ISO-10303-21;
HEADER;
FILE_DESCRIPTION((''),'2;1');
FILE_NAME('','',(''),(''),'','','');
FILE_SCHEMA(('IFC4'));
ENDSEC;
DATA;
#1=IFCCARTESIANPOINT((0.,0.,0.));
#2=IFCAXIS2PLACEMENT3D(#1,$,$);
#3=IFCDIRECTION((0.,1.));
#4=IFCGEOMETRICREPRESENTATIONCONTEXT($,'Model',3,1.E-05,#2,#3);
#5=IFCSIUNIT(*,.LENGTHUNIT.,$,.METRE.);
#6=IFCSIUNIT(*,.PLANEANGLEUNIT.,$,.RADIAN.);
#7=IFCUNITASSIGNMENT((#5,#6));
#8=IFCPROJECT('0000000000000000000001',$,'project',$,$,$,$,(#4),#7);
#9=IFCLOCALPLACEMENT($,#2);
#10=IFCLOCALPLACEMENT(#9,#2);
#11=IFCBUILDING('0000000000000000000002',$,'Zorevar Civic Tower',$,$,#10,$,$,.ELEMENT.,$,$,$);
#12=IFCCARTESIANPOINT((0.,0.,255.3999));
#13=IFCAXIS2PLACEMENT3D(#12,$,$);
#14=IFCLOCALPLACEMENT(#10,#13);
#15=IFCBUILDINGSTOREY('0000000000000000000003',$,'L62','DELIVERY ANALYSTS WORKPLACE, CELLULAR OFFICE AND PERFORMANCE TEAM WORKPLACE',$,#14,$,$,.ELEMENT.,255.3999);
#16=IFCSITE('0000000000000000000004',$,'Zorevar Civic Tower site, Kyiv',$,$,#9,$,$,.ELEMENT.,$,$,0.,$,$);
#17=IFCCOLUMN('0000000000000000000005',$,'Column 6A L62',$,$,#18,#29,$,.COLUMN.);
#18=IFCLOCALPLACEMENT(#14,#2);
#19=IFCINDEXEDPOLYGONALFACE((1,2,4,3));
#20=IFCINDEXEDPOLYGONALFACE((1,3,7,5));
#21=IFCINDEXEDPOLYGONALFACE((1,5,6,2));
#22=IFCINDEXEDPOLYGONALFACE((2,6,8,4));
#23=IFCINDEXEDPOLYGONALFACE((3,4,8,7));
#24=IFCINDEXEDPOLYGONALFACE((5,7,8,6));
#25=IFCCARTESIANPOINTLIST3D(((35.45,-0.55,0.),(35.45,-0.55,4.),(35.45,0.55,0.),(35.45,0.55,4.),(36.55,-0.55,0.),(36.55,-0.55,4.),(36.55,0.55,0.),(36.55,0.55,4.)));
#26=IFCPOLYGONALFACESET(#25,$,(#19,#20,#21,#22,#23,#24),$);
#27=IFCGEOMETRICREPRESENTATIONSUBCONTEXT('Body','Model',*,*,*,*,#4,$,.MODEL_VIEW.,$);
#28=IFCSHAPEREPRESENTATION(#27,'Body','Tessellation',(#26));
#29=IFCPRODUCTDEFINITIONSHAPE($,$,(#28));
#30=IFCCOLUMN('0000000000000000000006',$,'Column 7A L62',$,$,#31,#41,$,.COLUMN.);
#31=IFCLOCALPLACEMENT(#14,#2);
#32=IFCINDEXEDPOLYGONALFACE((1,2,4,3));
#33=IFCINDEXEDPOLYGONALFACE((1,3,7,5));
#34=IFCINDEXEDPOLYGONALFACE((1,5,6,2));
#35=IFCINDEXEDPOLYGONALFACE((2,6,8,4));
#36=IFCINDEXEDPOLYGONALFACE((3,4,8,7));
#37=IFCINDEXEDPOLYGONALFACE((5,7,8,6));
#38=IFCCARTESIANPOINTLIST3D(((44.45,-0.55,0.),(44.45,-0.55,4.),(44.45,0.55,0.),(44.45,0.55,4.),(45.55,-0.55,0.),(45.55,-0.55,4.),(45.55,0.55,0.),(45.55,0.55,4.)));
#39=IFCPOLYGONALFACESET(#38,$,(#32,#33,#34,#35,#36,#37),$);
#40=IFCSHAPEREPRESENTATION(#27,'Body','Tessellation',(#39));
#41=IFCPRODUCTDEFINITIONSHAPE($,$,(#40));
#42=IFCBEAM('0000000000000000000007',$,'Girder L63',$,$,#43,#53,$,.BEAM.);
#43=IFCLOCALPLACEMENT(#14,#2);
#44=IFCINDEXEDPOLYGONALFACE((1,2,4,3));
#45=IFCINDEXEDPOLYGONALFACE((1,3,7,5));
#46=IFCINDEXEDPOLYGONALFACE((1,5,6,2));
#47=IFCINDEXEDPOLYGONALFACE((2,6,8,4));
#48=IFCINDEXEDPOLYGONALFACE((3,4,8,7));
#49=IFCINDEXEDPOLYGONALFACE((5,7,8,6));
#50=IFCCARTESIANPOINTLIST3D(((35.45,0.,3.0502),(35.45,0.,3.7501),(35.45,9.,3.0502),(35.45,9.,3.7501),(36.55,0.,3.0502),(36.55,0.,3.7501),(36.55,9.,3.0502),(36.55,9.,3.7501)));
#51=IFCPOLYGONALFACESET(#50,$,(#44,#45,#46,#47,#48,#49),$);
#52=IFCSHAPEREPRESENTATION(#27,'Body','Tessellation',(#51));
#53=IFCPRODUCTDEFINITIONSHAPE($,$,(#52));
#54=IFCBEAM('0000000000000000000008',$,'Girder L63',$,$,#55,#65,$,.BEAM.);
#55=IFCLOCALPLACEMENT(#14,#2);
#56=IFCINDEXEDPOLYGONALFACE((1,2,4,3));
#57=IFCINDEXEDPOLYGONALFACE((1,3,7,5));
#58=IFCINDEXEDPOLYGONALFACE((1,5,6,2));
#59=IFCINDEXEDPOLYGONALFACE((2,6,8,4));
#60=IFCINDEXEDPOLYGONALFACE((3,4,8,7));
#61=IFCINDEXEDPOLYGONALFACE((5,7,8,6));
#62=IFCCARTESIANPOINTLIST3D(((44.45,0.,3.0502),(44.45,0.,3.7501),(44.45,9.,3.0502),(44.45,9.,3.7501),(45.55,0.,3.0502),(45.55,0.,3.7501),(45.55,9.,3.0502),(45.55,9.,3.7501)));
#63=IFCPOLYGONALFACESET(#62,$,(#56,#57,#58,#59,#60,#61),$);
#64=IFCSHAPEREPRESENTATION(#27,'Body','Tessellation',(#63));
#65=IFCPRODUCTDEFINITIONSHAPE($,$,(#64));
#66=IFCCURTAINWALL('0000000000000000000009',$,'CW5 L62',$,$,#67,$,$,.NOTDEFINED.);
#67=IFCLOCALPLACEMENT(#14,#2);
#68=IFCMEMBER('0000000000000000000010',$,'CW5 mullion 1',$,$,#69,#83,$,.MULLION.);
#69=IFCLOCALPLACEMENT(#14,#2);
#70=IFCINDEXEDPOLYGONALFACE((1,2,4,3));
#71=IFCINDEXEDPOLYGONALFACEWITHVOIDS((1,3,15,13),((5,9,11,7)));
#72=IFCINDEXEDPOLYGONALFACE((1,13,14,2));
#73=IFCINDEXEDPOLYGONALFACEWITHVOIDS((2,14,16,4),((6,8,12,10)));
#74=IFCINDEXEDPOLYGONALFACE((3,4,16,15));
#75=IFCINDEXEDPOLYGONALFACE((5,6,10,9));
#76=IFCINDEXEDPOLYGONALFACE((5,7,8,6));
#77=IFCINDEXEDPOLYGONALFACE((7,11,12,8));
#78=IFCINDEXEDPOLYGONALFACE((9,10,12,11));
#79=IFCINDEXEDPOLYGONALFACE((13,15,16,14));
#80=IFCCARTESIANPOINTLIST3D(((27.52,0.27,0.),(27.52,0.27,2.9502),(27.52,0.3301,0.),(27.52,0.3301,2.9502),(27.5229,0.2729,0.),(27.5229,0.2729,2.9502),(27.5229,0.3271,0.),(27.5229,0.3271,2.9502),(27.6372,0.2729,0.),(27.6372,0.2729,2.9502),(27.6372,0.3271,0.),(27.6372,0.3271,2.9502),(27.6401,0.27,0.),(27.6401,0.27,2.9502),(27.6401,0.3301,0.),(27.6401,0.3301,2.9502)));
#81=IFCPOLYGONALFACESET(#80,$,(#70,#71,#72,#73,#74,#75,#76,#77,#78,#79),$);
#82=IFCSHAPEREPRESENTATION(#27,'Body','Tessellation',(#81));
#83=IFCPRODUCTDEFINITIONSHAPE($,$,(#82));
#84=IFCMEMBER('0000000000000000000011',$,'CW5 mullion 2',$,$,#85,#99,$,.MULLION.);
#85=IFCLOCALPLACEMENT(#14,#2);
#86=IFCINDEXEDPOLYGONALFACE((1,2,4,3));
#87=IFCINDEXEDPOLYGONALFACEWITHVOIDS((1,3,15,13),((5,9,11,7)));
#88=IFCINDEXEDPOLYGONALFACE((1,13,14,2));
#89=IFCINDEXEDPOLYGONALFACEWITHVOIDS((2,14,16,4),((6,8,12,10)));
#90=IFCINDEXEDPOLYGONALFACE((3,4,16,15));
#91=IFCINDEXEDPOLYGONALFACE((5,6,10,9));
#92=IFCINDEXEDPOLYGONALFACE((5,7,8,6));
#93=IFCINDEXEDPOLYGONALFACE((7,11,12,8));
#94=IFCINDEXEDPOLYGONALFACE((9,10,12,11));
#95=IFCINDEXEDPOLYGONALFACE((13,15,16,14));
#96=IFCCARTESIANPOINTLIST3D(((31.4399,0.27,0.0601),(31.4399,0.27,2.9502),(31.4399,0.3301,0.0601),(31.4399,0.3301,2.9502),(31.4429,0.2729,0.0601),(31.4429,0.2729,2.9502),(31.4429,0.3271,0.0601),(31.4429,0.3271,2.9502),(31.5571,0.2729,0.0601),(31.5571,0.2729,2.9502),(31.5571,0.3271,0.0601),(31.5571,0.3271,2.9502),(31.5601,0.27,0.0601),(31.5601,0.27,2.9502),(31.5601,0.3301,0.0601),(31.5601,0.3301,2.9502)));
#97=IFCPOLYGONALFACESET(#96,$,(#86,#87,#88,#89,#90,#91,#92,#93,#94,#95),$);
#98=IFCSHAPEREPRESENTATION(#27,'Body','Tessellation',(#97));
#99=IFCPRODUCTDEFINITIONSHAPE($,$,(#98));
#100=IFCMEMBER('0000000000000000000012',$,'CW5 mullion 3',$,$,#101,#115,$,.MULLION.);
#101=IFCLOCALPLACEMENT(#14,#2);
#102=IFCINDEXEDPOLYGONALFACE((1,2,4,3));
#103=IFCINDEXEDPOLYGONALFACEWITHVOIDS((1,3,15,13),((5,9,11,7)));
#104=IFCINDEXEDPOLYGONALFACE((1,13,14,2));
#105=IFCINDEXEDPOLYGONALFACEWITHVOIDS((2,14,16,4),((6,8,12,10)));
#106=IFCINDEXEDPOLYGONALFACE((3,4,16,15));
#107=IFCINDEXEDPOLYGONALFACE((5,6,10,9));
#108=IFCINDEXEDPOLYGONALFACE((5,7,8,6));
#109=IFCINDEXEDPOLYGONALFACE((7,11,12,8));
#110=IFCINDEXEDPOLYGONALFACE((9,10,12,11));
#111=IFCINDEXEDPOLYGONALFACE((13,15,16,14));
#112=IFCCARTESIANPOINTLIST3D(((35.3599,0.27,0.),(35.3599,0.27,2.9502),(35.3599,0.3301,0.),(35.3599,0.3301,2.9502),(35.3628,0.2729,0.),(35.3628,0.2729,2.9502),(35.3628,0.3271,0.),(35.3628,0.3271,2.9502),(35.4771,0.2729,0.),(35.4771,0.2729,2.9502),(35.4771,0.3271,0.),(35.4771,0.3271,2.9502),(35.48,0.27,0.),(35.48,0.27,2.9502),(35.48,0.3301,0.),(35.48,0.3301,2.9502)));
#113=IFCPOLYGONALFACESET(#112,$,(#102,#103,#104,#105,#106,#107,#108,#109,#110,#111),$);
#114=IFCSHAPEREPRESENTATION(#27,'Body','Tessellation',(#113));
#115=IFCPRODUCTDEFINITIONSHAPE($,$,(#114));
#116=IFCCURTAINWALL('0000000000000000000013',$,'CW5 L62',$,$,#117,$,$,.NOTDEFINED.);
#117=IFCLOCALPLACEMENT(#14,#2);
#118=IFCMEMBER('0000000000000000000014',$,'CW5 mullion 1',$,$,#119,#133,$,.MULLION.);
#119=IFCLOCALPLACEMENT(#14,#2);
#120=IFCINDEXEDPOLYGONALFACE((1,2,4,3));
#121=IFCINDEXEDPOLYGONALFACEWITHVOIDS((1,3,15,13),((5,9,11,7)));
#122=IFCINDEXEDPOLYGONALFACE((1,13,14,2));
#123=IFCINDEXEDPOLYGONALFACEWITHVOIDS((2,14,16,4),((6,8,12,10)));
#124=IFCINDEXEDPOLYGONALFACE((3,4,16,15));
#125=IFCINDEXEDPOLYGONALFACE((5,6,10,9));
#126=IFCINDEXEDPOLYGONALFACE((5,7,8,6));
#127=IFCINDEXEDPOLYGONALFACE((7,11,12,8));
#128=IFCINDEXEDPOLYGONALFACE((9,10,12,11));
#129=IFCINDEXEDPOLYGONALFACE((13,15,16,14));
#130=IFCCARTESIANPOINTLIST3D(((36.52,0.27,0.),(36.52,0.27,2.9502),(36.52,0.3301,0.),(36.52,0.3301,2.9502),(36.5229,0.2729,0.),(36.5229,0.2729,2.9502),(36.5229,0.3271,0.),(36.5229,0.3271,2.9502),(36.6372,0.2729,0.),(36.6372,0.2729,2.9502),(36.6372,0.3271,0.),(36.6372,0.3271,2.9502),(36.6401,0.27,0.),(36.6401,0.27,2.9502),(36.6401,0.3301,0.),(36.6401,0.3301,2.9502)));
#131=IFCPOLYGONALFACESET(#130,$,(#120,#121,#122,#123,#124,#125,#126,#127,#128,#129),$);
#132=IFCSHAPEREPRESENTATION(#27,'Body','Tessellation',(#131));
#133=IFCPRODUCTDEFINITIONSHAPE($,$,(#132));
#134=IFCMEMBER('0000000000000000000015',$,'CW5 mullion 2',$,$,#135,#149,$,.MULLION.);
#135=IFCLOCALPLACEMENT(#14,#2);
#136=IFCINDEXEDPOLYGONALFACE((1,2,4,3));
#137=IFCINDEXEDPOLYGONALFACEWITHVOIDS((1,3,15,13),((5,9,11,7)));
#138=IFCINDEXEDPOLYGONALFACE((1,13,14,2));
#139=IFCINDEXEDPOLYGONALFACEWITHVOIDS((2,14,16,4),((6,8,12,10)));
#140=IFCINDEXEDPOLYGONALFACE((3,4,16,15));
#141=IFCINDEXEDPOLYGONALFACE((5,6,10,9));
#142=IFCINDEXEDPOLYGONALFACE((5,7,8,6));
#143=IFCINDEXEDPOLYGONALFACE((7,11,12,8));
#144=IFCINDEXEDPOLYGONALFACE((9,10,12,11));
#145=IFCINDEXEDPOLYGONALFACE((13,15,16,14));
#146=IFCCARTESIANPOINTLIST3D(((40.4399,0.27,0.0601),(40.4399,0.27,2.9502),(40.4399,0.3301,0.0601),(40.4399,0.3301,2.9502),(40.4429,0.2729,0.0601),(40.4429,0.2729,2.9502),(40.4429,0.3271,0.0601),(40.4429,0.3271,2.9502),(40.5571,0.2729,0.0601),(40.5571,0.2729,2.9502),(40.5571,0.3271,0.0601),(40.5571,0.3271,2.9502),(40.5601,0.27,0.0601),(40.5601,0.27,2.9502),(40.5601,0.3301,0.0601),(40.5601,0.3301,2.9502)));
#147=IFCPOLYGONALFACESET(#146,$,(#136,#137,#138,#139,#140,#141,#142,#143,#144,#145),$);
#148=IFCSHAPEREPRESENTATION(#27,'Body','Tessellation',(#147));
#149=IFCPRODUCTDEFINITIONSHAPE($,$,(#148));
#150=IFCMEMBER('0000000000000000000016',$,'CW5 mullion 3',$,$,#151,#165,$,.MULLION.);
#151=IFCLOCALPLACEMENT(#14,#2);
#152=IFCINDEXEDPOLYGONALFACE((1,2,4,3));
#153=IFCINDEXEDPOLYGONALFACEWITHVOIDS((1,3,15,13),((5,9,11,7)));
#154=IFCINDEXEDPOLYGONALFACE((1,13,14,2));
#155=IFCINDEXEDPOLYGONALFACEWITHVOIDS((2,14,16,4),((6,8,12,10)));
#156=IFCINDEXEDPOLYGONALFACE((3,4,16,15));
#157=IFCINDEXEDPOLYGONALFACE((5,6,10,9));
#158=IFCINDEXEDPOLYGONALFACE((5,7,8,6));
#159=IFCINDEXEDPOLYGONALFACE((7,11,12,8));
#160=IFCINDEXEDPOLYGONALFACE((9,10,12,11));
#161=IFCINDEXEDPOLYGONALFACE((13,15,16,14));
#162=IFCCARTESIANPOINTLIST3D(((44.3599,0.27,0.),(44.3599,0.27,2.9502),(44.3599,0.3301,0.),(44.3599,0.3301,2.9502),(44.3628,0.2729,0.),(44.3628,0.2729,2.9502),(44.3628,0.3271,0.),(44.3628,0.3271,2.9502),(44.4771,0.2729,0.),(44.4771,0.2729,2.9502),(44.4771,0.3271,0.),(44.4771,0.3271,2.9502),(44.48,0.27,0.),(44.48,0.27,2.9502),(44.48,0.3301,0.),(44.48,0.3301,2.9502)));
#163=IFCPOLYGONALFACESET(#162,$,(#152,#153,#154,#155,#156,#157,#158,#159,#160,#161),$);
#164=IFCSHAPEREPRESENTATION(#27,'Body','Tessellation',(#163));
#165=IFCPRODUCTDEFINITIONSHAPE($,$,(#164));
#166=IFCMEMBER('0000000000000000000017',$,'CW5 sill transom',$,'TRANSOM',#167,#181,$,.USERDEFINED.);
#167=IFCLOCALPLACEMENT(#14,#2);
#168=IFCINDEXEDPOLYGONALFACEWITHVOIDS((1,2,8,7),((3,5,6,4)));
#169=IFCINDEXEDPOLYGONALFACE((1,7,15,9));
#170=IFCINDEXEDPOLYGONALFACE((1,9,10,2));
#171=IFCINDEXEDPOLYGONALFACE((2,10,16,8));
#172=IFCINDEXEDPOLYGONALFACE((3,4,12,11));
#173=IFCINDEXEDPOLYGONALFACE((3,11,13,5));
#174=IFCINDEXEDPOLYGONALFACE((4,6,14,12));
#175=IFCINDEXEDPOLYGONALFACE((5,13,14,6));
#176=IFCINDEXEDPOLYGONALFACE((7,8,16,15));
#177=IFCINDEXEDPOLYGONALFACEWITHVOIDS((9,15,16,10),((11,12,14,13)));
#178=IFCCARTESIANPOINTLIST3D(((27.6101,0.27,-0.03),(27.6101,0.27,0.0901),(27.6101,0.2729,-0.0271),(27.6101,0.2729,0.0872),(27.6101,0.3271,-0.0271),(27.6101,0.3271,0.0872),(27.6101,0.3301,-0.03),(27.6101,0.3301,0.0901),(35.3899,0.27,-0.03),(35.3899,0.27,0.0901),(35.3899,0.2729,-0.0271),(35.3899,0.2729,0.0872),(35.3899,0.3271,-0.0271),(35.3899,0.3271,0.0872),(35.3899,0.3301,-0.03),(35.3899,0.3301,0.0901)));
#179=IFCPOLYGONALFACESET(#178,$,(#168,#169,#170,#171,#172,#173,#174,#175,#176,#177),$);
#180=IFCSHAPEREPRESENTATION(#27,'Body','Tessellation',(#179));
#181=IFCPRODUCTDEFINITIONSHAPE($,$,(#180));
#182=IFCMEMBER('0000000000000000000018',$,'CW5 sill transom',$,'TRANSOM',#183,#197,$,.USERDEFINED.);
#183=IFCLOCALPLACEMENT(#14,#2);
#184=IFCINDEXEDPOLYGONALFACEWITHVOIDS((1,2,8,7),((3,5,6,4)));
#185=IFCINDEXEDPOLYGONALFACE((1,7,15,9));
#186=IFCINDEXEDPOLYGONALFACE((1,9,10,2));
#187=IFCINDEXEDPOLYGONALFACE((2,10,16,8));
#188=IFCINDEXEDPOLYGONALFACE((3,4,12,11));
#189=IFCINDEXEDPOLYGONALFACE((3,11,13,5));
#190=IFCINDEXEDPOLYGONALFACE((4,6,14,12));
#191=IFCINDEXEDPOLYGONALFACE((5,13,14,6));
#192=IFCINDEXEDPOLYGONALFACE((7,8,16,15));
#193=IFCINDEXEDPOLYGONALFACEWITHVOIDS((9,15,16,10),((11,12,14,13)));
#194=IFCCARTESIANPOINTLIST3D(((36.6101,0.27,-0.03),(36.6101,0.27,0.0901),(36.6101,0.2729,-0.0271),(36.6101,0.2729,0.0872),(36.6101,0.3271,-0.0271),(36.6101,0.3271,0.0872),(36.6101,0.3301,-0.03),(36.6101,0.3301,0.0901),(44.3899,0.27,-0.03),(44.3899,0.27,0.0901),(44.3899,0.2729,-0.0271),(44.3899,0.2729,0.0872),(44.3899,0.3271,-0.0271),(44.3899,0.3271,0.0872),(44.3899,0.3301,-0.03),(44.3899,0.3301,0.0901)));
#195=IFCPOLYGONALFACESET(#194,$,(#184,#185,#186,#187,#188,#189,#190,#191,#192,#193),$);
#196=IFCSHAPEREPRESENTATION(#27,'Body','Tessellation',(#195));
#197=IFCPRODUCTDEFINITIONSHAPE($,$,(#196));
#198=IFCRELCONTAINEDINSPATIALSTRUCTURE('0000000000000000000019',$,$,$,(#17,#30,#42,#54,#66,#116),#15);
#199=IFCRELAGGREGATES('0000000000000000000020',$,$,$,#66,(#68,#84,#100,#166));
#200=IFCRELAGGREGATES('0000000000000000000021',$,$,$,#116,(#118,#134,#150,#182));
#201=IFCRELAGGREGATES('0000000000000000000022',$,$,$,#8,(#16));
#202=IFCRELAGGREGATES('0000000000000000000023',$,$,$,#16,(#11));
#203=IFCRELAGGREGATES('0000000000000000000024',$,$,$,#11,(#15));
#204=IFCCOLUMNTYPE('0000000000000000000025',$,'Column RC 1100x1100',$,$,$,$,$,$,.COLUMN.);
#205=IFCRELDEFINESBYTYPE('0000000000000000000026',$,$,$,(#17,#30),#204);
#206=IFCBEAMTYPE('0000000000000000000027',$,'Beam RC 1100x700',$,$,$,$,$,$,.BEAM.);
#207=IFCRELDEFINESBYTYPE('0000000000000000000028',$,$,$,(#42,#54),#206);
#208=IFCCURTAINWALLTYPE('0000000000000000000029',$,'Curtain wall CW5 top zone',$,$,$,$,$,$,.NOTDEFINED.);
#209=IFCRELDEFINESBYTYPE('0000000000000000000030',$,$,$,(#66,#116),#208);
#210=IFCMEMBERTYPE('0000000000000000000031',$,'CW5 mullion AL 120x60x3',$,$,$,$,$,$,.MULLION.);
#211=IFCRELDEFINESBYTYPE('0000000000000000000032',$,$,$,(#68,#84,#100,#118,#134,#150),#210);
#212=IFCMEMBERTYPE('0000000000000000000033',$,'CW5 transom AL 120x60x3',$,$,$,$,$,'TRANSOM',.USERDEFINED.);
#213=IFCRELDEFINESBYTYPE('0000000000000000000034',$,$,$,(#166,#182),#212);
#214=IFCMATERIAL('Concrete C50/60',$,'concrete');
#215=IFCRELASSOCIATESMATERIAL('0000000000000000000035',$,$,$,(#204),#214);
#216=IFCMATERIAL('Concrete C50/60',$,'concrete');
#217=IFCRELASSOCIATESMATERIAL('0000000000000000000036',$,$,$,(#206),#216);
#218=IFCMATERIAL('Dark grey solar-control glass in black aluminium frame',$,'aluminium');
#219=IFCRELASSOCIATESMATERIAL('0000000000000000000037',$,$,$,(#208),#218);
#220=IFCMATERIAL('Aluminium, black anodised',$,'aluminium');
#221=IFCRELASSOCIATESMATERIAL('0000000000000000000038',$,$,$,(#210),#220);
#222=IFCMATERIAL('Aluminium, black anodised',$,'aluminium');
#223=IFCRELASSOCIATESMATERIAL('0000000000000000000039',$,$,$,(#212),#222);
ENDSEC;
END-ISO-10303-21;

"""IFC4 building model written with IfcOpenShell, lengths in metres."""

from ifc_helpers import new_model, si_unit, direction, frame, origin, origin_2d, place, context, subcontext, project, spatial, rectangle, hollow_rectangle, extrude, material, material_profile, profile_set, type_object, element, aggregate, save


model = new_model("IFC4")

# Units and contexts
model_context = context("Model", 3, precision=1e-05, world=origin(), true_north=direction((0.0, 1.0)))
body_context = subcontext(model_context, "Body", "Model", "MODEL_VIEW")
ifc_project = project(units=[si_unit("LENGTHUNIT", "METRE"), si_unit("PLANEANGLEUNIT", "RADIAN")], contexts=[model_context])

# Site, building, storey
site_placement = place(None, origin())
site = spatial("IfcSite", under=ifc_project, at=site_placement, Name="Zorevar Civic Tower site, Kyiv", CompositionType="ELEMENT", RefElevation=0.0)
building_placement = place(site_placement, origin())
building = spatial("IfcBuilding", under=site, at=building_placement, Name="Zorevar Civic Tower", CompositionType="ELEMENT")
storey_placement = place(building_placement, frame((0.0, 0.0, 255.3999)))
storey = spatial("IfcBuildingStorey", under=building, at=storey_placement, Name="L62", Description="DELIVERY ANALYSTS WORKPLACE, CELLULAR OFFICE AND PERFORMANCE TEAM WORKPLACE", CompositionType="ELEMENT", Elevation=255.3999)

# Columns
ifc_material_1 = material(Name="Concrete C50/60", Category="concrete")
ifc_material_profile_1 = material_profile(ifc_material_1, rectangle(XDim=1.1001, YDim=1.1001, at=origin_2d()), Name="RC 1100x1100")
ifc_profile_set_1 = profile_set([ifc_material_profile_1], Name="Concrete C50/60")
column_type = type_object("IfcColumnType", Name="Column RC 1100x1100", PredefinedType="COLUMN", material=ifc_profile_set_1)
for number, where, z_axis, x_axis, name in (
    (1, (36.0, 0.0, 0.0), (0.0, 0.0, 1.0), (1.0, 0.0, 0.0), "Column 6A L62"),
    (2, (45.0, 0.0, 0.0), (0.0, 0.0, 1.0), (1.0, 0.0, 0.0), "Column 7A L62"),
):
    element("IfcColumn", number, at=place(storey_placement, frame(where, z_axis=z_axis, x_axis=x_axis)), inside=storey, type_object=column_type, Name=name, PredefinedType="COLUMN", context=body_context, shape_type="SweptSolid", body=[
        extrude(rectangle(XDim=1.1001, YDim=1.1001, at=origin_2d()), origin(), (0.0, 0.0, 1.0), 4.0),
    ])

# Beams
ifc_material_2 = material(Name="Concrete C50/60", Category="concrete")
ifc_material_profile_2 = material_profile(ifc_material_2, rectangle(XDim=1.1001, YDim=0.7, at=origin_2d()), Name="RC 1100x700")
ifc_profile_set_2 = profile_set([ifc_material_profile_2], Name="Concrete C50/60")
beam_type_1 = type_object("IfcBeamType", Name="Beam RC 1100x700", PredefinedType="BEAM", material=ifc_profile_set_2)
for number, where, z_axis, x_axis, name in (
    (3, (36.0, 0.0, 3.4001), (0.0, 1.0, 0.0), (-1.0, 0.0, 0.0), "Girder L63"),
    (4, (45.0, 0.0, 3.4001), (0.0, 1.0, 0.0), (-1.0, 0.0, 0.0), "Girder L63"),
):
    element("IfcBeam", number, at=place(storey_placement, frame(where, z_axis=z_axis, x_axis=x_axis)), inside=storey, type_object=beam_type_1, Name=name, PredefinedType="BEAM", context=body_context, shape_type="SweptSolid", body=[
        extrude(rectangle(XDim=1.1001, YDim=0.7, at=origin_2d()), origin(), (0.0, 0.0, 1.0), 9.0),
    ])

# Curtain walls, members
ifc_material_3 = material(Name="Dark grey solar-control glass in black aluminium frame", Category="aluminium")
curtain_wall_type = type_object("IfcCurtainWallType", Name="Curtain wall CW5 top zone", PredefinedType="NOTDEFINED", material=ifc_material_3)
curtain_wall_1_placement = place(storey_placement, origin())
curtain_wall_1 = element("IfcCurtainWall", 5, at=curtain_wall_1_placement, inside=storey, type_object=curtain_wall_type, Name="CW5 L62", PredefinedType="NOTDEFINED")
ifc_material_4 = material(Name="Aluminium, black anodised", Category="aluminium")
ifc_material_profile_3 = material_profile(ifc_material_4, hollow_rectangle(XDim=0.0601, YDim=0.1201, WallThickness=0.0029, at=origin_2d()), Name="AL 120x60x3")
ifc_profile_set_3 = profile_set([ifc_material_profile_3], Name="Aluminium, black anodised")
member_type_1 = type_object("IfcMemberType", Name="CW5 mullion AL 120x60x3", PredefinedType="MULLION", material=ifc_profile_set_3)
member_1_placement = place(storey_placement, frame((27.5801, 0.3, 0.0), z_axis=(0.0, 0.0, 1.0), x_axis=(0.0, 1.0, 0.0)))
member_1 = element("IfcMember", 6, at=member_1_placement, type_object=member_type_1, Name="CW5 mullion 1", PredefinedType="MULLION", context=body_context, shape_type="SweptSolid", body=[
    extrude(hollow_rectangle(XDim=0.0601, YDim=0.1201, WallThickness=0.0029, at=origin_2d()), origin(), (0.0, 0.0, 1.0), 2.9502),
])
member_2_placement = place(storey_placement, frame((31.5, 0.3, 0.0601), z_axis=(0.0, 0.0, 1.0), x_axis=(0.0, 1.0, 0.0)))
member_2 = element("IfcMember", 7, at=member_2_placement, type_object=member_type_1, Name="CW5 mullion 2", PredefinedType="MULLION", context=body_context, shape_type="SweptSolid", body=[
    extrude(hollow_rectangle(XDim=0.0601, YDim=0.1201, WallThickness=0.0029, at=origin_2d()), origin(), (0.0, 0.0, 1.0), 2.8901),
])
member_3_placement = place(storey_placement, frame((35.4199, 0.3, 0.0), z_axis=(0.0, 0.0, 1.0), x_axis=(0.0, 1.0, 0.0)))
member_3 = element("IfcMember", 8, at=member_3_placement, type_object=member_type_1, Name="CW5 mullion 3", PredefinedType="MULLION", context=body_context, shape_type="SweptSolid", body=[
    extrude(hollow_rectangle(XDim=0.0601, YDim=0.1201, WallThickness=0.0029, at=origin_2d()), origin(), (0.0, 0.0, 1.0), 2.9502),
])
curtain_wall_2_placement = place(storey_placement, origin())
curtain_wall_2 = element("IfcCurtainWall", 9, at=curtain_wall_2_placement, inside=storey, type_object=curtain_wall_type, Name="CW5 L62", PredefinedType="NOTDEFINED")
member_4_placement = place(storey_placement, frame((36.5801, 0.3, 0.0), z_axis=(0.0, 0.0, 1.0), x_axis=(0.0, 1.0, 0.0)))
member_4 = element("IfcMember", 10, at=member_4_placement, type_object=member_type_1, Name="CW5 mullion 1", PredefinedType="MULLION", context=body_context, shape_type="SweptSolid", body=[
    extrude(hollow_rectangle(XDim=0.0601, YDim=0.1201, WallThickness=0.0029, at=origin_2d()), origin(), (0.0, 0.0, 1.0), 2.9502),
])
member_5_placement = place(storey_placement, frame((40.5, 0.3, 0.0601), z_axis=(0.0, 0.0, 1.0), x_axis=(0.0, 1.0, 0.0)))
member_5 = element("IfcMember", 11, at=member_5_placement, type_object=member_type_1, Name="CW5 mullion 2", PredefinedType="MULLION", context=body_context, shape_type="SweptSolid", body=[
    extrude(hollow_rectangle(XDim=0.0601, YDim=0.1201, WallThickness=0.0029, at=origin_2d()), origin(), (0.0, 0.0, 1.0), 2.8901),
])
member_6_placement = place(storey_placement, frame((44.4199, 0.3, 0.0), z_axis=(0.0, 0.0, 1.0), x_axis=(0.0, 1.0, 0.0)))
member_6 = element("IfcMember", 12, at=member_6_placement, type_object=member_type_1, Name="CW5 mullion 3", PredefinedType="MULLION", context=body_context, shape_type="SweptSolid", body=[
    extrude(hollow_rectangle(XDim=0.0601, YDim=0.1201, WallThickness=0.0029, at=origin_2d()), origin(), (0.0, 0.0, 1.0), 2.9502),
])

# Members
ifc_material_5 = material(Name="Aluminium, black anodised", Category="aluminium")
ifc_material_profile_4 = material_profile(ifc_material_5, hollow_rectangle(XDim=0.0601, YDim=0.1201, WallThickness=0.0029, at=origin_2d()), Name="AL 120x60x3")
ifc_profile_set_4 = profile_set([ifc_material_profile_4], Name="Aluminium, black anodised")
member_type_2 = type_object("IfcMemberType", Name="CW5 transom AL 120x60x3", ElementType="TRANSOM", PredefinedType="USERDEFINED", material=ifc_profile_set_4)
member_7_placement = place(storey_placement, frame((27.6101, 0.3, 0.03), z_axis=(1.0, 0.0, 0.0), x_axis=(0.0, 1.0, 0.0)))
member_7 = element("IfcMember", 13, at=member_7_placement, type_object=member_type_2, Name="CW5 sill transom", ObjectType="TRANSOM", PredefinedType="USERDEFINED", context=body_context, shape_type="SweptSolid", body=[
    extrude(hollow_rectangle(XDim=0.0601, YDim=0.1201, WallThickness=0.0029, at=origin_2d()), origin(), (0.0, 0.0, 1.0), 7.7798),
])
member_8_placement = place(storey_placement, frame((36.6101, 0.3, 0.03), z_axis=(1.0, 0.0, 0.0), x_axis=(0.0, 1.0, 0.0)))
member_8 = element("IfcMember", 14, at=member_8_placement, type_object=member_type_2, Name="CW5 sill transom", ObjectType="TRANSOM", PredefinedType="USERDEFINED", context=body_context, shape_type="SweptSolid", body=[
    extrude(hollow_rectangle(XDim=0.0601, YDim=0.1201, WallThickness=0.0029, at=origin_2d()), origin(), (0.0, 0.0, 1.0), 7.7798),
])

aggregate(curtain_wall_1, [member_1, member_2, member_3, member_7])
aggregate(curtain_wall_2, [member_4, member_5, member_6, member_8])

save(model, "model.ifc")
